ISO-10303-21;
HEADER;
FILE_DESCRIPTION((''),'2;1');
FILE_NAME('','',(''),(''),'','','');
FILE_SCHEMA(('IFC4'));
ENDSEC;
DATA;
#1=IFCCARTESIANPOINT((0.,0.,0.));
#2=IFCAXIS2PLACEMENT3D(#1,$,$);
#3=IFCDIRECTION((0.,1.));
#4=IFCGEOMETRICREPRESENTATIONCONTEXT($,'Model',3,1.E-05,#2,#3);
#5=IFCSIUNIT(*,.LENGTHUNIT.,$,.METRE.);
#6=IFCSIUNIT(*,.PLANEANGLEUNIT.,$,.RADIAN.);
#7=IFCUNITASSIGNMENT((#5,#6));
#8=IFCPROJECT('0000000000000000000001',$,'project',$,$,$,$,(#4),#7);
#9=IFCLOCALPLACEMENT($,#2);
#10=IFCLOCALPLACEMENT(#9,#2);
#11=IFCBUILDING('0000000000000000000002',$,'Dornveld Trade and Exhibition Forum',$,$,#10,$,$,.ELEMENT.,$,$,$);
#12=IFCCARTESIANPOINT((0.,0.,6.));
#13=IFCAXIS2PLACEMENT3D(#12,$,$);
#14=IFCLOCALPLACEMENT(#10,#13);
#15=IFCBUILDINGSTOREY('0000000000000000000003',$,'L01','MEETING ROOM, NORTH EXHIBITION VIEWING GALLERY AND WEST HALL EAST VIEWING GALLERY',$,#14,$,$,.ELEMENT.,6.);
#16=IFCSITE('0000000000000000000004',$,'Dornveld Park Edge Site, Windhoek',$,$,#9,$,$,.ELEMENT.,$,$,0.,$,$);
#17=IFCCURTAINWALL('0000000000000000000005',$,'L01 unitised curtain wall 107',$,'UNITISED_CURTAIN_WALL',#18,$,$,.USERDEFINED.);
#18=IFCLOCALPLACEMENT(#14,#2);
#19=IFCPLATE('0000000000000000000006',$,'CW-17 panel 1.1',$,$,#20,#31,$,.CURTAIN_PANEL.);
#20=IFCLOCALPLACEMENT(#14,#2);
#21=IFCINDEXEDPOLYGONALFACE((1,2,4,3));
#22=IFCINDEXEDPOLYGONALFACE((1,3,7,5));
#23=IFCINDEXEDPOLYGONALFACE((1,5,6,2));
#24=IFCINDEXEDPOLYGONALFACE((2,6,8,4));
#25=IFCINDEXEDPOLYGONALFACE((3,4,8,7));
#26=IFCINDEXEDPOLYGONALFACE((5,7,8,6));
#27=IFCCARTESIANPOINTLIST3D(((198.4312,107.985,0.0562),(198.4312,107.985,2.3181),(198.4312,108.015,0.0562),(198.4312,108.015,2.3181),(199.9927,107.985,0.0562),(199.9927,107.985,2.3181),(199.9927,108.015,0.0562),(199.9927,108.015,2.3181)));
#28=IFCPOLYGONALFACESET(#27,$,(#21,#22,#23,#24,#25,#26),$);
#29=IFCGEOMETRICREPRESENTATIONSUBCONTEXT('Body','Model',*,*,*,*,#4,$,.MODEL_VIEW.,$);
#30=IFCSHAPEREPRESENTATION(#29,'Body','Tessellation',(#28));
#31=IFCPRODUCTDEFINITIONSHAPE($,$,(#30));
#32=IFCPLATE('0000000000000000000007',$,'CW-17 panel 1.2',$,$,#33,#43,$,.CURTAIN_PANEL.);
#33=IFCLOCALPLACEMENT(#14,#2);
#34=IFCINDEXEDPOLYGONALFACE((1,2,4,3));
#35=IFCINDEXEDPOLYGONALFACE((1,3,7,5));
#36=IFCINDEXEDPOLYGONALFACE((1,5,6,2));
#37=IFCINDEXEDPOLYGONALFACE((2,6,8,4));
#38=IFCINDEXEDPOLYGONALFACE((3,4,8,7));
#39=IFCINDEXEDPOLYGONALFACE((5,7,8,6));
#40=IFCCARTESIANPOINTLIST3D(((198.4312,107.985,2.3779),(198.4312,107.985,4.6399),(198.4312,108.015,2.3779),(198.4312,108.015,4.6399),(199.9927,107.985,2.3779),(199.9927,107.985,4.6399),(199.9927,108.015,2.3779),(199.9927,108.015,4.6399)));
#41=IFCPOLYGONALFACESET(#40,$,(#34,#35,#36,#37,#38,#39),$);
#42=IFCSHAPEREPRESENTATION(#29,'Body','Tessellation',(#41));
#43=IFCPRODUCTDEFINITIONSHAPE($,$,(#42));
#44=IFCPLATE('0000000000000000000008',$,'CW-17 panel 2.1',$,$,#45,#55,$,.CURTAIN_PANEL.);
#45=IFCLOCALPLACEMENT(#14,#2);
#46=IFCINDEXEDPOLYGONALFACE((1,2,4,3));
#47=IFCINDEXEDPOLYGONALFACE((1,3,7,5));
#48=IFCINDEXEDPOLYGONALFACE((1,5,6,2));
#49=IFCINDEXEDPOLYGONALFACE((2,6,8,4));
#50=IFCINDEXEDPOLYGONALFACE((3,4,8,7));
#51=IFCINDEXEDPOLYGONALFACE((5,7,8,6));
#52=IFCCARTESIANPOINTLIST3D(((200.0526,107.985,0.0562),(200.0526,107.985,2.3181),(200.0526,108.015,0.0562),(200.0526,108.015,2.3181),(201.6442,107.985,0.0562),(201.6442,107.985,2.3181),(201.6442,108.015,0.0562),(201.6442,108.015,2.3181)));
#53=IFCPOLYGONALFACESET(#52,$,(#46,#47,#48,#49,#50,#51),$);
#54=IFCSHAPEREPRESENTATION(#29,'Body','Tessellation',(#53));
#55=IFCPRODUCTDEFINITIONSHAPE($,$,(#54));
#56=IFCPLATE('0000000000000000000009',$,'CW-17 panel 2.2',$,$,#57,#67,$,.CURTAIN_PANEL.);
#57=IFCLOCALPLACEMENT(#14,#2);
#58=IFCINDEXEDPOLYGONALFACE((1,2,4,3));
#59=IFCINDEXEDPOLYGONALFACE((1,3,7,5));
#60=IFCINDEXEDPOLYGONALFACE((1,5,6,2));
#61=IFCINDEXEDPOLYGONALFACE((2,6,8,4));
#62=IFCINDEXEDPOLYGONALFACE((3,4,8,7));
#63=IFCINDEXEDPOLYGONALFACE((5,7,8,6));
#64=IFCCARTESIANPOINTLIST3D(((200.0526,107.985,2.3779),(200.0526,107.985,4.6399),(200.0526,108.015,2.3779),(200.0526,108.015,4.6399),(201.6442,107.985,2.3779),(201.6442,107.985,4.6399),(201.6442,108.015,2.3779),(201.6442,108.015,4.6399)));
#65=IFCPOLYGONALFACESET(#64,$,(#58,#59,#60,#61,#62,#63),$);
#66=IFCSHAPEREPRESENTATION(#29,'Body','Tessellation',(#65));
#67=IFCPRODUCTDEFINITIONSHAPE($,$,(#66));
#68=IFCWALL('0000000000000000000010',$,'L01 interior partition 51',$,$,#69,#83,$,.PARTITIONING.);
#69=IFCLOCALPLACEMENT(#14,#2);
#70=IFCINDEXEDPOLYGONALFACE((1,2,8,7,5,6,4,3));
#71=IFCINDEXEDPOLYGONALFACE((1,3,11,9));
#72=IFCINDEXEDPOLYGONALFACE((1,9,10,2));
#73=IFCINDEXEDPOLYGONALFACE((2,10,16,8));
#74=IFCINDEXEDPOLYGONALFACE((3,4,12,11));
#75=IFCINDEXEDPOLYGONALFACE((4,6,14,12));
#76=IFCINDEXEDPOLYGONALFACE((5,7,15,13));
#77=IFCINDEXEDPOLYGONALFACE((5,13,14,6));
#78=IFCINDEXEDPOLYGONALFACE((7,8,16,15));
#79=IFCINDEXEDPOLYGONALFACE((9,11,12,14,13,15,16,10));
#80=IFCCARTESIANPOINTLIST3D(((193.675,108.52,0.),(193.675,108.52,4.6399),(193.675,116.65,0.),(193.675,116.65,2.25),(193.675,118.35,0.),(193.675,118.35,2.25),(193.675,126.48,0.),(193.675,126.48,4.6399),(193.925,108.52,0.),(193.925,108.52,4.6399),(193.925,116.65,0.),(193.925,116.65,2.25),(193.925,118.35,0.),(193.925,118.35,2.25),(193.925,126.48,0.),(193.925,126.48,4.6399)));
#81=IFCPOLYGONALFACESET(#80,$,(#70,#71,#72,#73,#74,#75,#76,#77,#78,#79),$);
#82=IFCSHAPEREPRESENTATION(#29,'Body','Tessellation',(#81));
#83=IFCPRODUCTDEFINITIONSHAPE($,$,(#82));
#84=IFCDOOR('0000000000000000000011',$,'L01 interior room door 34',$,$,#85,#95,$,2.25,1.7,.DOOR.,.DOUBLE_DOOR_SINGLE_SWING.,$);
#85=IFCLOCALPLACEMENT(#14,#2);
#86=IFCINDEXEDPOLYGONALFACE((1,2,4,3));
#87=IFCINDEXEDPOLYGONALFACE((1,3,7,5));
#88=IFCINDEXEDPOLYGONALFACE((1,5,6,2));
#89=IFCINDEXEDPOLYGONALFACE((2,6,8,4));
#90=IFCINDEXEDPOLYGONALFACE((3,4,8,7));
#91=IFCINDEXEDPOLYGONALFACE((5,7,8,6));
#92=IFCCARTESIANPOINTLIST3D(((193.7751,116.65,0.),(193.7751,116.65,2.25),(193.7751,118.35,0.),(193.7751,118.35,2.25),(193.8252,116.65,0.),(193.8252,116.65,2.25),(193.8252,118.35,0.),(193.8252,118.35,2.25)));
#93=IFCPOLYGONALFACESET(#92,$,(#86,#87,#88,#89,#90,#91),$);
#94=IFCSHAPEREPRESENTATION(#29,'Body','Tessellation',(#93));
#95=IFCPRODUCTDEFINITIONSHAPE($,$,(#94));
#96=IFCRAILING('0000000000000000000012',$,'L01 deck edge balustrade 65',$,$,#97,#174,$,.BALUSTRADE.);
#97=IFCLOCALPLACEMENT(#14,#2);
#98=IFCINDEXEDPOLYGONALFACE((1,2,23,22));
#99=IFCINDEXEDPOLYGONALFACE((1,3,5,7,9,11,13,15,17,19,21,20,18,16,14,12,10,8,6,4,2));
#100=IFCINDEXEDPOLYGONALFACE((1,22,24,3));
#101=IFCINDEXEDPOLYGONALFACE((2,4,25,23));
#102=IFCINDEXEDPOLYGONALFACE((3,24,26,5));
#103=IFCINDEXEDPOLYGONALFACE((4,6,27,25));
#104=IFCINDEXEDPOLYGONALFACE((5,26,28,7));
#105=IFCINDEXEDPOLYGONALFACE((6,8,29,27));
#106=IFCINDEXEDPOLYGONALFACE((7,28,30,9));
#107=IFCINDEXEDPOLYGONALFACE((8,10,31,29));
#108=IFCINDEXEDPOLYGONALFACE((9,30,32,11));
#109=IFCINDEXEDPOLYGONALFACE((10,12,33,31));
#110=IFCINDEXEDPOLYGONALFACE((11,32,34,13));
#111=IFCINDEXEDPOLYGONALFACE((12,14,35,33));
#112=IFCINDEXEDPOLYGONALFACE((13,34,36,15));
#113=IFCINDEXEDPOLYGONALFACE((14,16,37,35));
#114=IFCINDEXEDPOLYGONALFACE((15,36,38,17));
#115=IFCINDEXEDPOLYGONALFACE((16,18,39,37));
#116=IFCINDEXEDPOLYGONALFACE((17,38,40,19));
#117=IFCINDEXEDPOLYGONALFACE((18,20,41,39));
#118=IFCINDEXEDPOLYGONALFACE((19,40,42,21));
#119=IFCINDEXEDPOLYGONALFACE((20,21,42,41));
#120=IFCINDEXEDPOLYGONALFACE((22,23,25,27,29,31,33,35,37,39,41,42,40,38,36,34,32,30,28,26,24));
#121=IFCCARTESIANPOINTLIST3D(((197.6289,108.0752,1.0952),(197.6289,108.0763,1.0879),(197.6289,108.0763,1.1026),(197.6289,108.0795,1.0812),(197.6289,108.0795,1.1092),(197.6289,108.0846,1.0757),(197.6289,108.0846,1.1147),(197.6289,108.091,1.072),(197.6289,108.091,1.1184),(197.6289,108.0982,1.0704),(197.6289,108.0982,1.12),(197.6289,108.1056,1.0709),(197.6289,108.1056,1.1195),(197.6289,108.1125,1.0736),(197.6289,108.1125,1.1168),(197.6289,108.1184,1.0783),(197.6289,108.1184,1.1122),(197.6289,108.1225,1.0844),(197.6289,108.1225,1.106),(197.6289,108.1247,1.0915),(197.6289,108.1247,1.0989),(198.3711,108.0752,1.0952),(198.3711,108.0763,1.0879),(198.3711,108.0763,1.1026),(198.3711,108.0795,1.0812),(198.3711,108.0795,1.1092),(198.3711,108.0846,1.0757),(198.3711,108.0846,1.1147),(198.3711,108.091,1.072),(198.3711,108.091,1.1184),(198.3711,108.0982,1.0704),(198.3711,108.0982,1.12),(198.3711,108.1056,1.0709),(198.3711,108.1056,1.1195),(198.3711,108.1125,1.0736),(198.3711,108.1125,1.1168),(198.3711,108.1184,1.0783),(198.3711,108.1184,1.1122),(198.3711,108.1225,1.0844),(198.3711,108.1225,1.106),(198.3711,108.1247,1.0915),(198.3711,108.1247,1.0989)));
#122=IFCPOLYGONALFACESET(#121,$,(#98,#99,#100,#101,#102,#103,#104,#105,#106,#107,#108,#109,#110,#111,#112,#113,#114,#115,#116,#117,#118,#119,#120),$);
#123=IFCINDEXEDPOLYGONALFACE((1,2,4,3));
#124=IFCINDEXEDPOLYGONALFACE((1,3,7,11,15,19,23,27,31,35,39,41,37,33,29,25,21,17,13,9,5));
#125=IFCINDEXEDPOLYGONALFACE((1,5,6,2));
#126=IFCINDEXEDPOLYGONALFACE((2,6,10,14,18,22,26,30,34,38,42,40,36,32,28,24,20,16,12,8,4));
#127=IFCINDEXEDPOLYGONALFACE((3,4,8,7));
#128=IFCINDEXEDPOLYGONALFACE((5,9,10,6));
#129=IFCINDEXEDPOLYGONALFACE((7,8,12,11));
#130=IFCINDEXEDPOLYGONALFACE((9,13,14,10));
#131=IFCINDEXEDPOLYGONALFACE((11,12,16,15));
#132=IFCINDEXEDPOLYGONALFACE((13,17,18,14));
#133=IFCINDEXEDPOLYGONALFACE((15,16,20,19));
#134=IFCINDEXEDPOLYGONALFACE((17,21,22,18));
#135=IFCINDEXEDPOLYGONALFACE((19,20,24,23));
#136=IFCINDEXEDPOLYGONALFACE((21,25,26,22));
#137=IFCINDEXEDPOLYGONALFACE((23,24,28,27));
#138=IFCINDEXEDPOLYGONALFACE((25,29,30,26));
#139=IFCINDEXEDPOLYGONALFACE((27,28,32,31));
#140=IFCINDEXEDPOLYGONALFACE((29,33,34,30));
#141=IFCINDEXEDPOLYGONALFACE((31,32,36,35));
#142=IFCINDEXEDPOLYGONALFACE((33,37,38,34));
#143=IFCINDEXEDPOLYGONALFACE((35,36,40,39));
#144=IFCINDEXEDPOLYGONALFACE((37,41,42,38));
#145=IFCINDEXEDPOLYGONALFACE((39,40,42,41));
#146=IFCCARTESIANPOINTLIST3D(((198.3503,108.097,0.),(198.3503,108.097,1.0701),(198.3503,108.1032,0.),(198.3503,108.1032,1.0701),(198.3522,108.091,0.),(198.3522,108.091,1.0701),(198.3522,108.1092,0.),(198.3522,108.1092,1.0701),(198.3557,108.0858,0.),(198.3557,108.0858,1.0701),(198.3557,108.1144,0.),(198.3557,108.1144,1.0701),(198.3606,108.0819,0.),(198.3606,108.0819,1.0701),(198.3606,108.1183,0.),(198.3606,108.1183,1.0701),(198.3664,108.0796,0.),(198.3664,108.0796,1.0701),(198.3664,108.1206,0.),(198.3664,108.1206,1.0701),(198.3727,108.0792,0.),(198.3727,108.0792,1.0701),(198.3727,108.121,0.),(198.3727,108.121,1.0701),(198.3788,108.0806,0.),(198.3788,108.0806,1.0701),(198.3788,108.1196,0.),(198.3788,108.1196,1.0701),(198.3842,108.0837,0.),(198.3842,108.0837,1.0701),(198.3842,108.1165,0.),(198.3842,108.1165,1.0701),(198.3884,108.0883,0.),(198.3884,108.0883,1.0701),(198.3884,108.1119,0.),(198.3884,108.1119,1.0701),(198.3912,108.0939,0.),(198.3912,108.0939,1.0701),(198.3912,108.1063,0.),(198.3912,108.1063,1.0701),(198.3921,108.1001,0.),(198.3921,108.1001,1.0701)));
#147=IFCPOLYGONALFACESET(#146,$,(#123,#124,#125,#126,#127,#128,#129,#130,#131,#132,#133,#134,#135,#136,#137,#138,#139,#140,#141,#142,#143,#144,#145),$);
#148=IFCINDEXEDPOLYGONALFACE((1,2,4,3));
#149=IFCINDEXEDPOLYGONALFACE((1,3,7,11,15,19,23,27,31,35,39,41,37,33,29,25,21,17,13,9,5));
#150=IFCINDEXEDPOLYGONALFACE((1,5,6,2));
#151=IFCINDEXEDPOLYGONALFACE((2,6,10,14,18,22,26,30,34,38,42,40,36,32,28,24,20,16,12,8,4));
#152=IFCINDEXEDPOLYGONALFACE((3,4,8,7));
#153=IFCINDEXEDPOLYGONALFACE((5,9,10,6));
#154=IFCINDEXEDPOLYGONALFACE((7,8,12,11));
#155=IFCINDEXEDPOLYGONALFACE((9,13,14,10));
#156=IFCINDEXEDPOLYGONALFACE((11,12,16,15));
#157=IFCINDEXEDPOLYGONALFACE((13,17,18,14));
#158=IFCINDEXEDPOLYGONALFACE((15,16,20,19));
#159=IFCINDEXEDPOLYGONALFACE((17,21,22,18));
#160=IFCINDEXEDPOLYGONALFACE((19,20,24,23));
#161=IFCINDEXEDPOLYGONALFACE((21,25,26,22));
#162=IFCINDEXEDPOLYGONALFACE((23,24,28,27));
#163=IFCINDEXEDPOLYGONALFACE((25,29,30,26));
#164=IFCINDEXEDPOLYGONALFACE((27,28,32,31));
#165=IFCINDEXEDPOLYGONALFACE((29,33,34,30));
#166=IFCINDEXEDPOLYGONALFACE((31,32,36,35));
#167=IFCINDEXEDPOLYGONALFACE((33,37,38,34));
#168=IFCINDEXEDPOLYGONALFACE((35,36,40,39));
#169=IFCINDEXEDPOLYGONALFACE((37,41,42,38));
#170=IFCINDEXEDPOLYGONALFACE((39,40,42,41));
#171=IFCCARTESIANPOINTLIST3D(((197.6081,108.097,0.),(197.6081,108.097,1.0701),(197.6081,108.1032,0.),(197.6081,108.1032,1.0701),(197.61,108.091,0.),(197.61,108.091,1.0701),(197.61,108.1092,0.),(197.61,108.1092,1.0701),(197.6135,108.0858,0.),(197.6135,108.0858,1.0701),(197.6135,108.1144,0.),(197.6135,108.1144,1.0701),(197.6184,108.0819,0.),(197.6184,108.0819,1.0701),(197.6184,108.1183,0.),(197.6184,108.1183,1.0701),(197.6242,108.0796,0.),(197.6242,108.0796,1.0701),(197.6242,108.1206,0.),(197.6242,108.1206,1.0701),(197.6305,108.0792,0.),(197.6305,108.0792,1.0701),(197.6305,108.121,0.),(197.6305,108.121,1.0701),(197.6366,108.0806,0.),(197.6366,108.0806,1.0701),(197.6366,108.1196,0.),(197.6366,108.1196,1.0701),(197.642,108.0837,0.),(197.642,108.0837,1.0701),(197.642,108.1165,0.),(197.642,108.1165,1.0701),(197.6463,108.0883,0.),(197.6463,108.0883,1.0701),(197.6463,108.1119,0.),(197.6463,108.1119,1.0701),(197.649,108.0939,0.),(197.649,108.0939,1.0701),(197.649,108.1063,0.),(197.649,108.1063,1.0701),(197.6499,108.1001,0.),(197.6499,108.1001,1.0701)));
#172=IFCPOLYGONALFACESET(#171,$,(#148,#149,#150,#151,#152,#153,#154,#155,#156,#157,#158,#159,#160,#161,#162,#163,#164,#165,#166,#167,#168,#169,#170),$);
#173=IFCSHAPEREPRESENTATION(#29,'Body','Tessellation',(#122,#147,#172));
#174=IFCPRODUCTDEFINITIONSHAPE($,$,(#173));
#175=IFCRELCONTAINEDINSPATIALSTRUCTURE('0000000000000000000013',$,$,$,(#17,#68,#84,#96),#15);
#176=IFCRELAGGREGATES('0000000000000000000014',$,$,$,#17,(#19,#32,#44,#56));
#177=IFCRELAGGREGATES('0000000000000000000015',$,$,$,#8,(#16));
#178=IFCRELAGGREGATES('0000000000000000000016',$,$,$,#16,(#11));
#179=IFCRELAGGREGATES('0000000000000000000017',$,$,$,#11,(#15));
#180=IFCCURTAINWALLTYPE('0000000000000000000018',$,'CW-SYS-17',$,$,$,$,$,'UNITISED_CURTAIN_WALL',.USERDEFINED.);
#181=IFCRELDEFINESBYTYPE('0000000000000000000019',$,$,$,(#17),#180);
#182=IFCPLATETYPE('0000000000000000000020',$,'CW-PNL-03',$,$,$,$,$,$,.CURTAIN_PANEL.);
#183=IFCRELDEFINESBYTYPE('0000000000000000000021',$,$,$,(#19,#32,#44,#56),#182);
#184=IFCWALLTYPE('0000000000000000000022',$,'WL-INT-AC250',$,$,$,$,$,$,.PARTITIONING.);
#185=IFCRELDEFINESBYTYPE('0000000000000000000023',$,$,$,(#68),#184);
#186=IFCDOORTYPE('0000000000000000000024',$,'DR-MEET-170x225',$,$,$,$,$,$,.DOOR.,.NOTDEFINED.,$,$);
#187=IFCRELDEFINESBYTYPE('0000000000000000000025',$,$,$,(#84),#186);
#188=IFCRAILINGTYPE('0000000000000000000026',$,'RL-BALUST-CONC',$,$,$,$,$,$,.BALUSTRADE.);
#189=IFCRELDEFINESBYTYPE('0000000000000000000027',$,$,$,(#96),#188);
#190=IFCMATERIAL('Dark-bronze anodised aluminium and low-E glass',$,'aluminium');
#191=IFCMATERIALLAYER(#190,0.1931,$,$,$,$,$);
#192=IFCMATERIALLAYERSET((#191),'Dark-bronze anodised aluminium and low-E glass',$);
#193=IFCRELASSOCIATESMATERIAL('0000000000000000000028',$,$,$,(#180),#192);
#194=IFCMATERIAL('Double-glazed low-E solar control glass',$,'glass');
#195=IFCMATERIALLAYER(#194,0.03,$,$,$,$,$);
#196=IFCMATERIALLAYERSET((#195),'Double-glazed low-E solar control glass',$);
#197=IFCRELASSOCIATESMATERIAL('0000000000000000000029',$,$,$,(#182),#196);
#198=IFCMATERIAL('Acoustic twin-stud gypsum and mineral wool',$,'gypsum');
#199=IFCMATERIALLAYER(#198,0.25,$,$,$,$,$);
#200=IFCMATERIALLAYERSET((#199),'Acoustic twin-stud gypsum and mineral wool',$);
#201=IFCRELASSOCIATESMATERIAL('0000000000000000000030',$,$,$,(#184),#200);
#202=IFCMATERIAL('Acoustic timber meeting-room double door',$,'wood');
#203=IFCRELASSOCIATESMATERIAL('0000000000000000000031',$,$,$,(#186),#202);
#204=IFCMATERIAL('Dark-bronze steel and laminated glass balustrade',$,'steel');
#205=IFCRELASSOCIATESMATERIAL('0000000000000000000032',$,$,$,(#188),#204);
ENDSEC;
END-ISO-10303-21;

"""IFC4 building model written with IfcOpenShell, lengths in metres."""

from ifc_helpers import new_model, si_unit, direction, frame, frame_2d, origin, origin_2d, place, context, subcontext, project, spatial, rectangle, circle, extrude, material, layer, layer_set, type_object, element, fill, aggregate, save


model = new_model("IFC4")

# Units and contexts
model_context = context("Model", 3, precision=1e-05, world=origin(), true_north=direction((0.0, 1.0)))
body_context = subcontext(model_context, "Body", "Model", "MODEL_VIEW")
ifc_project = project(units=[si_unit("LENGTHUNIT", "METRE"), si_unit("PLANEANGLEUNIT", "RADIAN")], contexts=[model_context])

# Site, building, storey
site_placement = place(None, origin())
site = spatial("IfcSite", under=ifc_project, at=site_placement, Name="Dornveld Park Edge Site, Windhoek", CompositionType="ELEMENT", RefElevation=0.0)
building_placement = place(site_placement, origin())
building = spatial("IfcBuilding", under=site, at=building_placement, Name="Dornveld Trade and Exhibition Forum", CompositionType="ELEMENT")
storey_placement = place(building_placement, frame((0.0, 0.0, 6.0)))
storey = spatial("IfcBuildingStorey", under=building, at=storey_placement, Name="L01", Description="MEETING ROOM, NORTH EXHIBITION VIEWING GALLERY AND WEST HALL EAST VIEWING GALLERY", CompositionType="ELEMENT", Elevation=6.0)

# Curtain wall, plates
ifc_material_1 = material(Name="Dark-bronze anodised aluminium and low-E glass", Category="aluminium")
ifc_layer_1 = layer(ifc_material_1, 0.1931)
ifc_layer_set_1 = layer_set([ifc_layer_1], Name="Dark-bronze anodised aluminium and low-E glass")
curtain_wall_type_1 = type_object("IfcCurtainWallType", Name="CW-SYS-17", ElementType="UNITISED_CURTAIN_WALL", PredefinedType="USERDEFINED", material=ifc_layer_set_1)
curtain_wall_1_placement = place(storey_placement, origin())
curtain_wall_1 = element("IfcCurtainWall", 1, at=curtain_wall_1_placement, inside=storey, type_object=curtain_wall_type_1, Name="L01 unitised curtain wall 107", ObjectType="UNITISED_CURTAIN_WALL", PredefinedType="USERDEFINED")
ifc_material_2 = material(Name="Double-glazed low-E solar control glass", Category="glass")
ifc_layer_2 = layer(ifc_material_2, 0.03)
ifc_layer_set_2 = layer_set([ifc_layer_2], Name="Double-glazed low-E solar control glass")
plate_type = type_object("IfcPlateType", Name="CW-PNL-03", PredefinedType="CURTAIN_PANEL", material=ifc_layer_set_2)
plate_1_placement = place(storey_placement, frame((199.2119, 108.0, 0.0562), z_axis=(0.0, 0.0, 1.0), x_axis=(1.0, 0.0, 0.0)))
plate_1 = element("IfcPlate", 2, at=plate_1_placement, type_object=plate_type, Name="CW-17 panel 1.1", PredefinedType="CURTAIN_PANEL", context=body_context, shape_type="SweptSolid", body=[
    extrude(rectangle(XDim=1.5615, YDim=0.03, at=origin_2d()), origin(), (0.0, 0.0, 1.0), 2.262),
])
plate_2_placement = place(storey_placement, frame((199.2119, 108.0, 2.3779), z_axis=(0.0, 0.0, 1.0), x_axis=(1.0, 0.0, 0.0)))
plate_2 = element("IfcPlate", 3, at=plate_2_placement, type_object=plate_type, Name="CW-17 panel 1.2", PredefinedType="CURTAIN_PANEL", context=body_context, shape_type="SweptSolid", body=[
    extrude(rectangle(XDim=1.5615, YDim=0.03, at=origin_2d()), origin(), (0.0, 0.0, 1.0), 2.262),
])
plate_3_placement = place(storey_placement, frame((200.8484, 108.0, 0.0562), z_axis=(0.0, 0.0, 1.0), x_axis=(1.0, 0.0, 0.0)))
plate_3 = element("IfcPlate", 4, at=plate_3_placement, type_object=plate_type, Name="CW-17 panel 2.1", PredefinedType="CURTAIN_PANEL", context=body_context, shape_type="SweptSolid", body=[
    extrude(rectangle(XDim=1.5916, YDim=0.03, at=origin_2d()), origin(), (0.0, 0.0, 1.0), 2.262),
])
plate_4_placement = place(storey_placement, frame((200.8484, 108.0, 2.3779), z_axis=(0.0, 0.0, 1.0), x_axis=(1.0, 0.0, 0.0)))
plate_4 = element("IfcPlate", 5, at=plate_4_placement, type_object=plate_type, Name="CW-17 panel 2.2", PredefinedType="CURTAIN_PANEL", context=body_context, shape_type="SweptSolid", body=[
    extrude(rectangle(XDim=1.5916, YDim=0.03, at=origin_2d()), origin(), (0.0, 0.0, 1.0), 2.262),
])
aggregate(curtain_wall_1, [plate_1, plate_2, plate_3, plate_4])

# Wall, opening, door
ifc_material_3 = material(Name="Acoustic twin-stud gypsum and mineral wool", Category="gypsum")
ifc_layer_3 = layer(ifc_material_3, 0.25)
ifc_layer_set_3 = layer_set([ifc_layer_3], Name="Acoustic twin-stud gypsum and mineral wool")
wall_type = type_object("IfcWallType", Name="WL-INT-AC250", PredefinedType="PARTITIONING", material=ifc_layer_set_3)
wall_placement = place(storey_placement, frame((193.8, 108.52, 0.0), z_axis=(0.0, 0.0, 1.0), x_axis=(0.0, 1.0, 0.0)))
wall = element("IfcWall", 6, at=wall_placement, inside=storey, type_object=wall_type, Name="L01 interior partition 51", PredefinedType="PARTITIONING", context=body_context, shape_type="SweptSolid", body=[
    extrude(rectangle(XDim=17.96, YDim=0.25, at=frame_2d((8.98, 0.0))), origin(), (0.0, 0.0, 1.0), 4.6399),
])
opening_placement = place(wall_placement, frame((8.1299, 0.0, 0.0)))
opening = element("IfcOpeningElement", 7, at=opening_placement, cuts=wall, PredefinedType="OPENING", context=body_context, shape_type="SweptSolid", body=[
    extrude(rectangle(XDim=1.7, YDim=2.25, at=frame_2d((0.8501, 1.125))), frame((0.0, 0.135, 0.0), z_axis=(0.0, -1.0, 0.0), x_axis=(1.0, 0.0, 0.0)), (0.0, 0.0, 1.0), 0.27),
])
ifc_material_4 = material(Name="Acoustic timber meeting-room double door", Category="wood")
door_type = type_object("IfcDoorType", Name="DR-MEET-170x225", OperationType="NOTDEFINED", PredefinedType="DOOR", material=ifc_material_4)
door_placement = place(opening_placement, origin())
door = element("IfcDoor", 8, at=door_placement, inside=storey, type_object=door_type, Name="L01 interior room door 34", OperationType="DOUBLE_DOOR_SINGLE_SWING", OverallHeight=2.25, OverallWidth=1.7, PredefinedType="DOOR", context=body_context, shape_type="SweptSolid", body=[
    extrude(rectangle(XDim=1.7, YDim=2.25, at=frame_2d((0.8501, 1.125))), frame((0.0, 0.0249, 0.0), z_axis=(0.0, -1.0, 0.0), x_axis=(1.0, 0.0, 0.0)), (0.0, 0.0, 1.0), 0.05),
])
fill(opening, door)

# Railing
ifc_material_5 = material(Name="Dark-bronze steel and laminated glass balustrade", Category="steel")
railing_type = type_object("IfcRailingType", Name="RL-BALUST-CONC", PredefinedType="BALUSTRADE", material=ifc_material_5)
railing_1_placement = place(storey_placement, frame((198.3711, 108.1001, 0.0)))
element("IfcRailing", 9, at=railing_1_placement, inside=storey, type_object=railing_type, Name="L01 deck edge balustrade 65", PredefinedType="BALUSTRADE", context=body_context, shape_type="SweptSolid", body=[
    extrude(circle(Radius=0.0249, at=origin_2d()), frame((0.0, 0.0, 1.0952), z_axis=(-1.0, 0.0, 0.0), x_axis=(0.0, -1.0, 0.0)), (0.0, 0.0, 1.0), 0.7422),
    extrude(circle(Radius=0.021, at=origin_2d()), origin(), (0.0, 0.0, 1.0), 1.0701),
    extrude(circle(Radius=0.021, at=origin_2d()), frame((-0.7422, 0.0, 0.0)), (0.0, 0.0, 1.0), 1.0701),
])

save(model, "model.ifc")
